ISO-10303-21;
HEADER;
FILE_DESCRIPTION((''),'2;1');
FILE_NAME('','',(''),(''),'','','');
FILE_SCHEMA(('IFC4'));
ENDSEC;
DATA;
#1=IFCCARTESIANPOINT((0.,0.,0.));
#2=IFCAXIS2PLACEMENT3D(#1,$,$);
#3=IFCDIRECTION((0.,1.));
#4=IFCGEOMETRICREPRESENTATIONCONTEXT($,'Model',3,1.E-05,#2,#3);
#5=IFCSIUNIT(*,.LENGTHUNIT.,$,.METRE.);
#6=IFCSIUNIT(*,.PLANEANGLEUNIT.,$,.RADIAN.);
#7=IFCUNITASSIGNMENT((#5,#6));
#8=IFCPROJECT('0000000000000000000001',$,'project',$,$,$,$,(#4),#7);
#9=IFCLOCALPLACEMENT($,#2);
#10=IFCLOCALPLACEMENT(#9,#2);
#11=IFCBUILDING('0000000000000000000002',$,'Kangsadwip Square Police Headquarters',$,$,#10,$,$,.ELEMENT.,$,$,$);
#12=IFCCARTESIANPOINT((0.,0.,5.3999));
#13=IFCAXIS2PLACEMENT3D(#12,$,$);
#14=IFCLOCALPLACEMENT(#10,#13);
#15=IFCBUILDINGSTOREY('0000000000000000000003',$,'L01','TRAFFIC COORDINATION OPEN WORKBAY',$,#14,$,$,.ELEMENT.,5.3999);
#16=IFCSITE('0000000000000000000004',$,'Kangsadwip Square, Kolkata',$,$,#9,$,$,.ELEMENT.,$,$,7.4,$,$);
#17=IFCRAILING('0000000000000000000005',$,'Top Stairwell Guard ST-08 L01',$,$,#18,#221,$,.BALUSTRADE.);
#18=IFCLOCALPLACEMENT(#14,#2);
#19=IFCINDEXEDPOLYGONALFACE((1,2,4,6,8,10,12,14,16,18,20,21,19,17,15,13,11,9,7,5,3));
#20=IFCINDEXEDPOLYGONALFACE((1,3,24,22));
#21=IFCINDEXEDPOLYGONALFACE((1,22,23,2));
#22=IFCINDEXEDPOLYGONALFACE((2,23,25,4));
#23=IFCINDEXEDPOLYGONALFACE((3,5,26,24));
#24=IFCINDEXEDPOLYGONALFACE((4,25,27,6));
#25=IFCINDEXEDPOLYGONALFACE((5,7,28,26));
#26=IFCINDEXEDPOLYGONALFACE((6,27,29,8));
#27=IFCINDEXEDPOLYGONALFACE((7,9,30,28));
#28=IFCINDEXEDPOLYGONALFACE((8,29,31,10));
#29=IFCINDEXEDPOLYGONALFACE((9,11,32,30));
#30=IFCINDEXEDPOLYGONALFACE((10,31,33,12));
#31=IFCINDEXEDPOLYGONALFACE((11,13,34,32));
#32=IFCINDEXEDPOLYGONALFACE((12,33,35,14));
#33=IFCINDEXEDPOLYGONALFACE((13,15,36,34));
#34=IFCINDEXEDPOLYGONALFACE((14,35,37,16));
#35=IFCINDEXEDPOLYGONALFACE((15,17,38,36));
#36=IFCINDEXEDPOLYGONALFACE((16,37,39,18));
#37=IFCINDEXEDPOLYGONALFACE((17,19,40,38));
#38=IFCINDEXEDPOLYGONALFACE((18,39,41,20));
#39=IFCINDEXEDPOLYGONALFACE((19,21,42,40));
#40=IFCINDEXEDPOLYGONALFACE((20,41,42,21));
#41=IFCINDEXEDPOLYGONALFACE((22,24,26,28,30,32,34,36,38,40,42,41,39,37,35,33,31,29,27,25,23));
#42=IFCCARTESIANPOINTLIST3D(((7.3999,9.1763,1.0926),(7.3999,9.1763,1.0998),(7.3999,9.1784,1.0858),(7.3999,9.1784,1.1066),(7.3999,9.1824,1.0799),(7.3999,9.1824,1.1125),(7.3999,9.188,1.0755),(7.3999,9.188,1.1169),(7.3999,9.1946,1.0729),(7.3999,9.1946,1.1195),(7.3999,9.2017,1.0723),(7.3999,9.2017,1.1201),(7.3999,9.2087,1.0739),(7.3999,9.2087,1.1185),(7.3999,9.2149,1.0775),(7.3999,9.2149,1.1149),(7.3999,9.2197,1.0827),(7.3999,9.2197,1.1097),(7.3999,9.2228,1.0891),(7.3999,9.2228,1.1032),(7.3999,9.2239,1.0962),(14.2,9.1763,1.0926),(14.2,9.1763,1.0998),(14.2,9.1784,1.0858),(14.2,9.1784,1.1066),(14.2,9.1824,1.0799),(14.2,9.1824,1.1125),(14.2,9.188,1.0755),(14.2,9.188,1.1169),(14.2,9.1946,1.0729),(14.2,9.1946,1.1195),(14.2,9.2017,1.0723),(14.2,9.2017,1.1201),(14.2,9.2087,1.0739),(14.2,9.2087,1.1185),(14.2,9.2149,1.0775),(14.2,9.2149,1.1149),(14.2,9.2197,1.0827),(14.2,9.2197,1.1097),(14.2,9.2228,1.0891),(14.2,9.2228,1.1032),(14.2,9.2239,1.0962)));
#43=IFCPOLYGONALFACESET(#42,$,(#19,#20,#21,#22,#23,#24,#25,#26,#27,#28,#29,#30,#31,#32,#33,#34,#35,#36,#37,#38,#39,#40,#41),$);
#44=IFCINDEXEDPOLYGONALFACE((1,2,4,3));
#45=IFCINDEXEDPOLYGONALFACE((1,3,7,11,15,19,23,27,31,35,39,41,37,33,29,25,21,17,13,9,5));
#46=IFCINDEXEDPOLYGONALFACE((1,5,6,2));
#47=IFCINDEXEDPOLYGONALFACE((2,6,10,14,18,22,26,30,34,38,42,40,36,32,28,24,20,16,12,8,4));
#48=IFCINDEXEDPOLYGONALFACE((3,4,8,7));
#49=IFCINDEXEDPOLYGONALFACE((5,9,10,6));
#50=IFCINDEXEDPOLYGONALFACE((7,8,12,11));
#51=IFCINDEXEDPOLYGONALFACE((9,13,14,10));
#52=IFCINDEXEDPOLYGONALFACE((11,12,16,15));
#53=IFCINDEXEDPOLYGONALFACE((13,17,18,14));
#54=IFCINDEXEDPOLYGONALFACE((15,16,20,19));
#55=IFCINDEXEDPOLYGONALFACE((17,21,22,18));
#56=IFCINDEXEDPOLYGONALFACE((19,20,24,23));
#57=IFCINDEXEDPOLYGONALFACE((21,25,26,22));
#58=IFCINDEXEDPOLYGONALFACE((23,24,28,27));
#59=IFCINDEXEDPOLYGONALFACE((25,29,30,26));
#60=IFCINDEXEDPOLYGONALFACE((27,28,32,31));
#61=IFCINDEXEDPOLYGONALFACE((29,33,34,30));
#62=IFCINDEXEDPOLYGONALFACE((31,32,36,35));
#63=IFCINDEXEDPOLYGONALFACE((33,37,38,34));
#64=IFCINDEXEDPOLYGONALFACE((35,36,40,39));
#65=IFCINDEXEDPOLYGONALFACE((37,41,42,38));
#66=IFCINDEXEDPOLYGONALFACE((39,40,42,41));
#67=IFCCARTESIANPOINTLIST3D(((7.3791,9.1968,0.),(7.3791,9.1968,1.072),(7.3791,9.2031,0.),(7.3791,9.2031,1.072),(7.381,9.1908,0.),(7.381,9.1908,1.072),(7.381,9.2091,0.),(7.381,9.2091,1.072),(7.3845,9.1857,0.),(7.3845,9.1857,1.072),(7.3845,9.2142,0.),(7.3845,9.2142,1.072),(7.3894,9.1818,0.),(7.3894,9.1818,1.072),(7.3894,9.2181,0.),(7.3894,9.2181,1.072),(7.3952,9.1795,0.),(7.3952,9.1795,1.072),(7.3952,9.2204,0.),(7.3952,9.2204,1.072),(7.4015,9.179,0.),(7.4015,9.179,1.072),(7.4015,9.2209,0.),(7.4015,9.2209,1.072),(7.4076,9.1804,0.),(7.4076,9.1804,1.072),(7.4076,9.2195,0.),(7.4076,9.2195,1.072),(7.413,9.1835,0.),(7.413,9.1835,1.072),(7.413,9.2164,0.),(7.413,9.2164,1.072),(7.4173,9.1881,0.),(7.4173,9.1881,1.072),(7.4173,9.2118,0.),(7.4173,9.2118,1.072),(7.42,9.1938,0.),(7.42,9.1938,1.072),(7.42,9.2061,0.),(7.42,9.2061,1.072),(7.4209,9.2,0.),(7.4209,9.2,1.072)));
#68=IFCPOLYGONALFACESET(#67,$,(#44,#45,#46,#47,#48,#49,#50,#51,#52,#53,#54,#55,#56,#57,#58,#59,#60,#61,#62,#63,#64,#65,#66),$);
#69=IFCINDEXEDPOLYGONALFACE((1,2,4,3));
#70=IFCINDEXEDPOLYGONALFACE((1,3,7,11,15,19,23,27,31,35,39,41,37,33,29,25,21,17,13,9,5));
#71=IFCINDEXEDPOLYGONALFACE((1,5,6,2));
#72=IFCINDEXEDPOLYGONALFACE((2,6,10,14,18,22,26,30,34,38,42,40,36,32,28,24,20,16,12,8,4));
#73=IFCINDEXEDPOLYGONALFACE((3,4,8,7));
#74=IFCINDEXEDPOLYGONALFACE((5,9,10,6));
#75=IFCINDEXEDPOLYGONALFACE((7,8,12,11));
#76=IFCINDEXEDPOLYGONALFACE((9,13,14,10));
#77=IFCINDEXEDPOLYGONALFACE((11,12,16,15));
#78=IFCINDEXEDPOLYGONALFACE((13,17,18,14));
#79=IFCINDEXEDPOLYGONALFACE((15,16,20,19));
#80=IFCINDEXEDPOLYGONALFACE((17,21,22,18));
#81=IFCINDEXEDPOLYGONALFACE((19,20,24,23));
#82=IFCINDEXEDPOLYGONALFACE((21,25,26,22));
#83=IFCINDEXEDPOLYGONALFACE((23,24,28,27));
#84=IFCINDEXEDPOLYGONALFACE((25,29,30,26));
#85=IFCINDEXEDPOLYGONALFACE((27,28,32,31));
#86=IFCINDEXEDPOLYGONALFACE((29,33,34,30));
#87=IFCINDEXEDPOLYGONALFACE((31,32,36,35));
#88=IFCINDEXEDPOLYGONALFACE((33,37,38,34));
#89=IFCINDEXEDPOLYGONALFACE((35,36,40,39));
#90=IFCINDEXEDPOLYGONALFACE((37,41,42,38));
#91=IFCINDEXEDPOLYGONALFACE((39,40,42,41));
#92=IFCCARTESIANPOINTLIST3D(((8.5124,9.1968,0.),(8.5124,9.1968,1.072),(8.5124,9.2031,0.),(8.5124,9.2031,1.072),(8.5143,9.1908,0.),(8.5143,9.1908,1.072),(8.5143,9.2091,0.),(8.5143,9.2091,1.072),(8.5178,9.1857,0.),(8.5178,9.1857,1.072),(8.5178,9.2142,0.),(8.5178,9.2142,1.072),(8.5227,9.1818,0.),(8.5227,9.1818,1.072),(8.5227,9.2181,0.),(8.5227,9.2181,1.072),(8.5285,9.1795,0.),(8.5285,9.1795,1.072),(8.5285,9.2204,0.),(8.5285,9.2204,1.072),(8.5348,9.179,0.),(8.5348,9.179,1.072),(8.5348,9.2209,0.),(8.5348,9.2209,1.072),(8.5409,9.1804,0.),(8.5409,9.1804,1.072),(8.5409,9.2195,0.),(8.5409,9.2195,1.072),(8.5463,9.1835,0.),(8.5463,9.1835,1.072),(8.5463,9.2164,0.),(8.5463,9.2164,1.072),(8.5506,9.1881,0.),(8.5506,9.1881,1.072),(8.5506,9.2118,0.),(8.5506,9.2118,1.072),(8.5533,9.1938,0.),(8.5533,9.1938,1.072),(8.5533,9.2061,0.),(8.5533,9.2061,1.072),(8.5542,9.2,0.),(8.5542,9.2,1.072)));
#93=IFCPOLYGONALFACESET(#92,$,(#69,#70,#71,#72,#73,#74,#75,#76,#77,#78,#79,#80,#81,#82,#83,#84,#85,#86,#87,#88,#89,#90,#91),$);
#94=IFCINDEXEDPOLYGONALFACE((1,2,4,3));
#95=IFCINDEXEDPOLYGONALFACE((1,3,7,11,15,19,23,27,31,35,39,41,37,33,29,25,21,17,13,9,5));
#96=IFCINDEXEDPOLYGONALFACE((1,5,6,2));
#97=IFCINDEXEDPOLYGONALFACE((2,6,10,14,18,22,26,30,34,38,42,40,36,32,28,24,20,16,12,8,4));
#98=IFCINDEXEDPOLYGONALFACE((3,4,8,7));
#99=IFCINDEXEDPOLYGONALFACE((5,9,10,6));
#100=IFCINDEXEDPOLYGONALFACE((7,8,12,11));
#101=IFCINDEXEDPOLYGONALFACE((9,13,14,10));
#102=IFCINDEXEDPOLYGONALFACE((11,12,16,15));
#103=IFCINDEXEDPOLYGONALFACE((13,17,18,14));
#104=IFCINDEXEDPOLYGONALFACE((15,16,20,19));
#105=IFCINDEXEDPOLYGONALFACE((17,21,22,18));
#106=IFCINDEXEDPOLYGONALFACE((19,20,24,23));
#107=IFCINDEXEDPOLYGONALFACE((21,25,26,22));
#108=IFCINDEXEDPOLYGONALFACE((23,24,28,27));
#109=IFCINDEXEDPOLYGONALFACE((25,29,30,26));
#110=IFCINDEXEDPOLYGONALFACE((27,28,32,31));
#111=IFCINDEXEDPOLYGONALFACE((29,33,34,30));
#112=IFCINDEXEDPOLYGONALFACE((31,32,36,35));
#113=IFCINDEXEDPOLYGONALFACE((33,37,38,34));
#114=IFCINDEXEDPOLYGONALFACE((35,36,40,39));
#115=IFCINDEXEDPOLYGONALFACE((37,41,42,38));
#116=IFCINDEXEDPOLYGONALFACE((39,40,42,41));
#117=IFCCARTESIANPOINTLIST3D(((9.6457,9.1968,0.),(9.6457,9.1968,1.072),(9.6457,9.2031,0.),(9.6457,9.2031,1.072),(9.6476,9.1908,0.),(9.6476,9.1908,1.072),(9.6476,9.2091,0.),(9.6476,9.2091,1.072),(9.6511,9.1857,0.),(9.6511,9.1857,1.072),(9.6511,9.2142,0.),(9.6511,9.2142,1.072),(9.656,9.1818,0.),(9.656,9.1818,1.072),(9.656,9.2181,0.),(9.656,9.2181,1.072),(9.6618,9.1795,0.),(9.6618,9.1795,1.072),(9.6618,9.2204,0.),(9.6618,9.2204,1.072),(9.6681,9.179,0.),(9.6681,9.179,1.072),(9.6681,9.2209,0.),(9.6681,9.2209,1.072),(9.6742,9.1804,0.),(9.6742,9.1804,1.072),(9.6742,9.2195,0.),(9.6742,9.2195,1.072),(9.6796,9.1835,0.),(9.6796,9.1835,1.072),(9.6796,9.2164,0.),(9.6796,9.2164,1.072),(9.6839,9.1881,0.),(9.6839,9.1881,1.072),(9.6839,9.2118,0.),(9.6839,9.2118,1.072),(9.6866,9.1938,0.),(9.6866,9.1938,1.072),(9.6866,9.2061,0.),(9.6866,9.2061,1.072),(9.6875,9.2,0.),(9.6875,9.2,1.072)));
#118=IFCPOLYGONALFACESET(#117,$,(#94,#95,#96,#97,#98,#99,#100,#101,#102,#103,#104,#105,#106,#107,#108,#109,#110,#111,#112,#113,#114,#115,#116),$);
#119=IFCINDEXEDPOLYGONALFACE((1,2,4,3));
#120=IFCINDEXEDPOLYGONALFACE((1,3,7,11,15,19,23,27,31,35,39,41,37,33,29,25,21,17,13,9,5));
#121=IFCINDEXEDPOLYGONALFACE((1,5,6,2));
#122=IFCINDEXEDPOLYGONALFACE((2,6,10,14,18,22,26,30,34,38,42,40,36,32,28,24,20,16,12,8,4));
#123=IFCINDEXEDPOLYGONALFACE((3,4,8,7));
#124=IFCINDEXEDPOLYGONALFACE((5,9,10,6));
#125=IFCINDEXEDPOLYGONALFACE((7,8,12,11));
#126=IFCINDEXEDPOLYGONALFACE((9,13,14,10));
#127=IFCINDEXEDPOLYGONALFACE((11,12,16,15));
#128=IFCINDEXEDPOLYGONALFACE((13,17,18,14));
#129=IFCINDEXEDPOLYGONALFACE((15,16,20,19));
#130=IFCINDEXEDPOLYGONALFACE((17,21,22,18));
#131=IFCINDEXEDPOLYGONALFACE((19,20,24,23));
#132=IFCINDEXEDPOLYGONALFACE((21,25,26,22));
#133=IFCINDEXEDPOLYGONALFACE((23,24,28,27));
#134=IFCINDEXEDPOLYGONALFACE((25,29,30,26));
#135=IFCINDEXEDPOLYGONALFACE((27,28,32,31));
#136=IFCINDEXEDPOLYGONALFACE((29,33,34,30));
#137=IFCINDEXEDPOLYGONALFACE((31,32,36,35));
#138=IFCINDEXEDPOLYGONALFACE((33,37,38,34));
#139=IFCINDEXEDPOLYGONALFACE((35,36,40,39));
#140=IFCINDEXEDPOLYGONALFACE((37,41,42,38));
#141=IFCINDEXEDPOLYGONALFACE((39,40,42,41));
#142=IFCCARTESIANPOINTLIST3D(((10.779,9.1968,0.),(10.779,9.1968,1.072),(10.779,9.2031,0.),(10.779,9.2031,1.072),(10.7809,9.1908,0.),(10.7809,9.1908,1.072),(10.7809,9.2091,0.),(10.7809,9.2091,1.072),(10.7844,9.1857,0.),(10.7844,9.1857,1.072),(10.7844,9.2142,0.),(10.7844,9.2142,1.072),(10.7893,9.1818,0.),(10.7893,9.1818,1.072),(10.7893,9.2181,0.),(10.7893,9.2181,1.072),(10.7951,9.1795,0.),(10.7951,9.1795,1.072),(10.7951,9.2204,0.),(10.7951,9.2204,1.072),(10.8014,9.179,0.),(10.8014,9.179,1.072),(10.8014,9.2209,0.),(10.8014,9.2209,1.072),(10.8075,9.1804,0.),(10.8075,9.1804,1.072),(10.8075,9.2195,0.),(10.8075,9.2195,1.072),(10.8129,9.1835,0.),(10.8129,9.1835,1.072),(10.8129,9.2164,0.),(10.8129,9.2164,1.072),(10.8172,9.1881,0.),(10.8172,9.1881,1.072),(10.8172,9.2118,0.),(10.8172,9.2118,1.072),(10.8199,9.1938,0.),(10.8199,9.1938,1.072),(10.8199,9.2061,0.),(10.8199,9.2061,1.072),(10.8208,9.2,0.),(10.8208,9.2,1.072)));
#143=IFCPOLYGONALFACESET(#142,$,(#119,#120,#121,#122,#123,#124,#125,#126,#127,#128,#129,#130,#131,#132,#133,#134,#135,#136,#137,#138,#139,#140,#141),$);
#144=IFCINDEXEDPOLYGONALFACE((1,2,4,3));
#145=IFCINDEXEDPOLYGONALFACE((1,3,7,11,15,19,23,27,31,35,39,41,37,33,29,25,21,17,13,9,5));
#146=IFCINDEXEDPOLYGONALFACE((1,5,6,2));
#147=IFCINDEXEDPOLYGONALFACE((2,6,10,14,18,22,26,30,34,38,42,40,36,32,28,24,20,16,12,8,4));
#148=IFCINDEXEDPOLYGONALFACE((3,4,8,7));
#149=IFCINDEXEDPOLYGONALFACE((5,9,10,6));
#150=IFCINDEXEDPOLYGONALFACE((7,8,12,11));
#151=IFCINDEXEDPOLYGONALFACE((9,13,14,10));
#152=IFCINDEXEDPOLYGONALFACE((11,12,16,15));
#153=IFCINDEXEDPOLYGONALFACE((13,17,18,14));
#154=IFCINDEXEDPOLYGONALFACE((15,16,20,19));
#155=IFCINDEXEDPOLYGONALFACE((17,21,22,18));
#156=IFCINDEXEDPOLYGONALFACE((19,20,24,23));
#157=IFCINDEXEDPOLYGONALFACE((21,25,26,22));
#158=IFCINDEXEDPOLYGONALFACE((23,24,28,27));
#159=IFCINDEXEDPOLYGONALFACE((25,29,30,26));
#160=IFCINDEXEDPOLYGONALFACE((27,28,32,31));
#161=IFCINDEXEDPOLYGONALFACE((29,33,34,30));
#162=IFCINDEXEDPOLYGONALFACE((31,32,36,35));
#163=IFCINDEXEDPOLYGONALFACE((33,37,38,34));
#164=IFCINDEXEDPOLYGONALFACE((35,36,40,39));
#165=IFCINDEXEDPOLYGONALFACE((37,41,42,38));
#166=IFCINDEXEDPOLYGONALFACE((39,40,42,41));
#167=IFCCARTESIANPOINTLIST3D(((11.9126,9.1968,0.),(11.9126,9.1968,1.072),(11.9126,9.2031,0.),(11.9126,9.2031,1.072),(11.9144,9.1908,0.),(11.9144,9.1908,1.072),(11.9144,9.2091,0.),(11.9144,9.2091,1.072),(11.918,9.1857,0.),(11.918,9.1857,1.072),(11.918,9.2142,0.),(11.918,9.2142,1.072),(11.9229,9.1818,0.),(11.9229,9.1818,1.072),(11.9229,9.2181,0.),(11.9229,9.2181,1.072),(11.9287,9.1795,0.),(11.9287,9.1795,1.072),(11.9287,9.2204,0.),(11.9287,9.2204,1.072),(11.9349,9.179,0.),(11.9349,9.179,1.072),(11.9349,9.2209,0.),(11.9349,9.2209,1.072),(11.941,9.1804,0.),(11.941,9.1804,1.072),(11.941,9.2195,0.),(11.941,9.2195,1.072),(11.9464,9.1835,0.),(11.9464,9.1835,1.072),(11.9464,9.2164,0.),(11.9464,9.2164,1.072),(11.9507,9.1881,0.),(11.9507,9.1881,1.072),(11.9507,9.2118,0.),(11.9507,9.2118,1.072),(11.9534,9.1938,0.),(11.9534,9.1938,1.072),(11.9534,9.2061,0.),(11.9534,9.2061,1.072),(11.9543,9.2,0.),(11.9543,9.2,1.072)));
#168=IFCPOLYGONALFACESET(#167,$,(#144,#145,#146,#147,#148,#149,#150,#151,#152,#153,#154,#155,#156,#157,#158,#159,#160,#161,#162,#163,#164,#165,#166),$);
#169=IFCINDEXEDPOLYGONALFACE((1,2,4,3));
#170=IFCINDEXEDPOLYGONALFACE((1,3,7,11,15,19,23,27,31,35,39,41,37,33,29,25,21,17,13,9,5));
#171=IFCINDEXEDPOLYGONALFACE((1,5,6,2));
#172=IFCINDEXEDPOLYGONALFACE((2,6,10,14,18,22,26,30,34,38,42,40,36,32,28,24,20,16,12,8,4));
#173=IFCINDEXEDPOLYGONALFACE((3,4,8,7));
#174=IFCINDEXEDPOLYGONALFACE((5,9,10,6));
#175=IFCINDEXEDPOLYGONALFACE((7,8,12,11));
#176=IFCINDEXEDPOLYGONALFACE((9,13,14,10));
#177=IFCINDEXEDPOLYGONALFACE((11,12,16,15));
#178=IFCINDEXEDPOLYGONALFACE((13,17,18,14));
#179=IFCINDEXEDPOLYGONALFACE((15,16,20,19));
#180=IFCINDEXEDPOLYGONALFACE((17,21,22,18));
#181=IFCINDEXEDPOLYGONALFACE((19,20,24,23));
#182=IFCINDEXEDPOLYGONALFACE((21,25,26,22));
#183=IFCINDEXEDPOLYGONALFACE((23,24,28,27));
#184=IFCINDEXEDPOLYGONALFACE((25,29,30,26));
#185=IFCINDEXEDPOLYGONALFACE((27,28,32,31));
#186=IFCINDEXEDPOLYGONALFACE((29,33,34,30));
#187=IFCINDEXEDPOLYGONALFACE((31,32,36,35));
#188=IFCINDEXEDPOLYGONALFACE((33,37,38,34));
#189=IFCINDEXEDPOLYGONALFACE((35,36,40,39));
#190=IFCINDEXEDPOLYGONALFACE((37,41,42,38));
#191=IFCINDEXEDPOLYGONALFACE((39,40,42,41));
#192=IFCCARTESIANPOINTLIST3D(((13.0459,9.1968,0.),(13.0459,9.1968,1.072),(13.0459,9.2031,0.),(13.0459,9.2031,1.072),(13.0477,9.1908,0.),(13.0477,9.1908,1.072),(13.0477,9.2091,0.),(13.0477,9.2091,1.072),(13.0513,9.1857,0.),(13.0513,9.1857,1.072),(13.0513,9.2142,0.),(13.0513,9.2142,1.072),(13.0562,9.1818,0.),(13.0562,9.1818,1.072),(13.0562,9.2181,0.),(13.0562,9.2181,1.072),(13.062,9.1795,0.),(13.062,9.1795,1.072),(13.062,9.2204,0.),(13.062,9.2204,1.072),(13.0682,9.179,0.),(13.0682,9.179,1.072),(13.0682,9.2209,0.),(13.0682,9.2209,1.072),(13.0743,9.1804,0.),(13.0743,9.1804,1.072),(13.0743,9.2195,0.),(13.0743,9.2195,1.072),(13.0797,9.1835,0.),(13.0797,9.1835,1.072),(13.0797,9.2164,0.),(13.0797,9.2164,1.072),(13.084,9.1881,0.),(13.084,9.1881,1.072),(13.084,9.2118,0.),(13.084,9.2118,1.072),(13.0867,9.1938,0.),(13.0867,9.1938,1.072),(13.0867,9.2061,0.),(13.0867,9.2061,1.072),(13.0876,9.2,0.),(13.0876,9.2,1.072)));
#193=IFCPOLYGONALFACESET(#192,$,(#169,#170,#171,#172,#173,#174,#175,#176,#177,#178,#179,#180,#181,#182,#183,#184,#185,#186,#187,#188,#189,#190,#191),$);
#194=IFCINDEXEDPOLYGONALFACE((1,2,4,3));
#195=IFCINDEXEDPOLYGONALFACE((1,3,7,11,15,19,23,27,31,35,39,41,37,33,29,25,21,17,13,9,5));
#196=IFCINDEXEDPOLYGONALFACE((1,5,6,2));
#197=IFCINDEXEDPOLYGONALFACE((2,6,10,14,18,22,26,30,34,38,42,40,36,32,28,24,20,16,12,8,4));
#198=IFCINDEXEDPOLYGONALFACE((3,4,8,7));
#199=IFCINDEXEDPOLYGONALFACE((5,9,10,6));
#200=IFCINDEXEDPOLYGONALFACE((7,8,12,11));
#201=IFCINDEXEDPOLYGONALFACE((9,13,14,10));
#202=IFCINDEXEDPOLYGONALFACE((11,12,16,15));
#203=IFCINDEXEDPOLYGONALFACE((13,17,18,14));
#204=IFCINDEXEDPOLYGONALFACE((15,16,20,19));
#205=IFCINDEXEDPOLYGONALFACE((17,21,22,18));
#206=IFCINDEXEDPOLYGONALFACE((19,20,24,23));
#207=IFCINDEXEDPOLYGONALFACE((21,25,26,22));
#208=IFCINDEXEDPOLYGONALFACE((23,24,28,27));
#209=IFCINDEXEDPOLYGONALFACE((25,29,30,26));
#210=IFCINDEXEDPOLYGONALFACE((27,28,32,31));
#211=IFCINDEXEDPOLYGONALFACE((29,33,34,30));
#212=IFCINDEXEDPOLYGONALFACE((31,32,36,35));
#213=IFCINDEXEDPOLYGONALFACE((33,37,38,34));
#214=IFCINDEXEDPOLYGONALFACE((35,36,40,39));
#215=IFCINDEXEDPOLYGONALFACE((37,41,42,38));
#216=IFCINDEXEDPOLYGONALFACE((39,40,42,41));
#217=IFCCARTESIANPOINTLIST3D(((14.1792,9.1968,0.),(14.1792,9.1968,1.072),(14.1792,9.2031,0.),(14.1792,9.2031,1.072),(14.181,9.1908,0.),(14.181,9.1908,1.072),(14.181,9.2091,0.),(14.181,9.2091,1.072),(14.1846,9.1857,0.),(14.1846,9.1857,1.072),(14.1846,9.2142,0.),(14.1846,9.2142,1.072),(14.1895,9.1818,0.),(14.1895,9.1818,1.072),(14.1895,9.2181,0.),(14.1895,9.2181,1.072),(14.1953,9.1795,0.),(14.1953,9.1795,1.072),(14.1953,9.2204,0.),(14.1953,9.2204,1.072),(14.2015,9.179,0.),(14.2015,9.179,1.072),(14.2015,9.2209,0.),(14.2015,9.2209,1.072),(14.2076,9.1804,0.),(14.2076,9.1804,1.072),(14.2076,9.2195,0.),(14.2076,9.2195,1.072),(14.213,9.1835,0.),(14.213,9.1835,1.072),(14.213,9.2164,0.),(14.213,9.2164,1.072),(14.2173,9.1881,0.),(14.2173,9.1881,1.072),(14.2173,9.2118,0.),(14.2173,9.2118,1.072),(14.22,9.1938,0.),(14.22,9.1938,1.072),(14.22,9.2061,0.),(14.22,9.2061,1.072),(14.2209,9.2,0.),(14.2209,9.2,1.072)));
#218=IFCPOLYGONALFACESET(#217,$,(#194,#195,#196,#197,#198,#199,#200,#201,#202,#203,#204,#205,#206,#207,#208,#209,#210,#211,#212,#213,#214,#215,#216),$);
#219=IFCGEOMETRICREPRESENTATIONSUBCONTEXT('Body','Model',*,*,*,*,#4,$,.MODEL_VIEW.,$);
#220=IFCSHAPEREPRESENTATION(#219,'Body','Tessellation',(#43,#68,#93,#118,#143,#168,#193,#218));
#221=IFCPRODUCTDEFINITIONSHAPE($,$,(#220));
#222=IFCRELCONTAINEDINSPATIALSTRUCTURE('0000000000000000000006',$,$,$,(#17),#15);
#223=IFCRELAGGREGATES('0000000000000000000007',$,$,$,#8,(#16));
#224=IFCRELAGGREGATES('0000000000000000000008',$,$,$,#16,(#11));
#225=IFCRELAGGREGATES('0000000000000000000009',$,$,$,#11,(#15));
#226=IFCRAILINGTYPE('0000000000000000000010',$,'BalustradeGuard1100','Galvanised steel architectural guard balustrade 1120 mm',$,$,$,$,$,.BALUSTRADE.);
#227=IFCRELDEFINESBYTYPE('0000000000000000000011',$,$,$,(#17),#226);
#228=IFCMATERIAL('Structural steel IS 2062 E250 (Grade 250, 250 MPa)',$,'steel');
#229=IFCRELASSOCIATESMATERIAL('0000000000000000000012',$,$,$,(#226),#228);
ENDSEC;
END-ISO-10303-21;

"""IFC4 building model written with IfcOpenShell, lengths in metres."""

from ifc_helpers import new_model, si_unit, direction, frame, origin, origin_2d, place, context, subcontext, project, spatial, circle, extrude, material, type_object, element, save


model = new_model("IFC4")

# Units and contexts
model_context = context("Model", 3, precision=1e-05, world=origin(), true_north=direction((0.0, 1.0)))
body_context = subcontext(model_context, "Body", "Model", "MODEL_VIEW")
ifc_project = project(units=[si_unit("LENGTHUNIT", "METRE"), si_unit("PLANEANGLEUNIT", "RADIAN")], contexts=[model_context])

# Site, building, storey
site_placement = place(None, origin())
site = spatial("IfcSite", under=ifc_project, at=site_placement, Name="Kangsadwip Square, Kolkata", CompositionType="ELEMENT", RefElevation=7.4)
building_placement = place(site_placement, origin())
building = spatial("IfcBuilding", under=site, at=building_placement, Name="Kangsadwip Square Police Headquarters", CompositionType="ELEMENT")
storey_placement = place(building_placement, frame((0.0, 0.0, 5.3999)))
storey = spatial("IfcBuildingStorey", under=building, at=storey_placement, Name="L01", Description="TRAFFIC COORDINATION OPEN WORKBAY", CompositionType="ELEMENT", Elevation=5.3999)

# Railing
ifc_material_1 = material(Name="Structural steel IS 2062 E250 (Grade 250, 250 MPa)", Category="steel")
railing_type = type_object("IfcRailingType", Name="BalustradeGuard1100", Description="Galvanised steel architectural guard balustrade 1120 mm", PredefinedType="BALUSTRADE", material=ifc_material_1)
railing_placement = place(storey_placement, frame((7.3999, 9.2, 0.0)))
element("IfcRailing", 1, at=railing_placement, inside=storey, type_object=railing_type, Name="Top Stairwell Guard ST-08 L01", PredefinedType="BALUSTRADE", context=body_context, shape_type="SweptSolid", body=[
    extrude(circle(Radius=0.0239, at=origin_2d()), frame((0.0, 0.0, 1.0962), z_axis=(1.0, 0.0, 0.0), x_axis=(0.0, 1.0, 0.0)), (0.0, 0.0, 1.0), 6.8),
    extrude(circle(Radius=0.021, at=origin_2d()), origin(), (0.0, 0.0, 1.0), 1.072),
    extrude(circle(Radius=0.021, at=origin_2d()), frame((1.1333, 0.0, 0.0)), (0.0, 0.0, 1.0), 1.072),
    extrude(circle(Radius=0.021, at=origin_2d()), frame((2.2666, 0.0, 0.0)), (0.0, 0.0, 1.0), 1.072),
    extrude(circle(Radius=0.021, at=origin_2d()), frame((3.3999, 0.0, 0.0)), (0.0, 0.0, 1.0), 1.072),
    extrude(circle(Radius=0.021, at=origin_2d()), frame((4.5334, 0.0, 0.0)), (0.0, 0.0, 1.0), 1.072),
    extrude(circle(Radius=0.021, at=origin_2d()), frame((5.6667, 0.0, 0.0)), (0.0, 0.0, 1.0), 1.072),
    extrude(circle(Radius=0.021, at=origin_2d()), frame((6.8, 0.0, 0.0)), (0.0, 0.0, 1.0), 1.072),
])

save(model, "model.ifc")
